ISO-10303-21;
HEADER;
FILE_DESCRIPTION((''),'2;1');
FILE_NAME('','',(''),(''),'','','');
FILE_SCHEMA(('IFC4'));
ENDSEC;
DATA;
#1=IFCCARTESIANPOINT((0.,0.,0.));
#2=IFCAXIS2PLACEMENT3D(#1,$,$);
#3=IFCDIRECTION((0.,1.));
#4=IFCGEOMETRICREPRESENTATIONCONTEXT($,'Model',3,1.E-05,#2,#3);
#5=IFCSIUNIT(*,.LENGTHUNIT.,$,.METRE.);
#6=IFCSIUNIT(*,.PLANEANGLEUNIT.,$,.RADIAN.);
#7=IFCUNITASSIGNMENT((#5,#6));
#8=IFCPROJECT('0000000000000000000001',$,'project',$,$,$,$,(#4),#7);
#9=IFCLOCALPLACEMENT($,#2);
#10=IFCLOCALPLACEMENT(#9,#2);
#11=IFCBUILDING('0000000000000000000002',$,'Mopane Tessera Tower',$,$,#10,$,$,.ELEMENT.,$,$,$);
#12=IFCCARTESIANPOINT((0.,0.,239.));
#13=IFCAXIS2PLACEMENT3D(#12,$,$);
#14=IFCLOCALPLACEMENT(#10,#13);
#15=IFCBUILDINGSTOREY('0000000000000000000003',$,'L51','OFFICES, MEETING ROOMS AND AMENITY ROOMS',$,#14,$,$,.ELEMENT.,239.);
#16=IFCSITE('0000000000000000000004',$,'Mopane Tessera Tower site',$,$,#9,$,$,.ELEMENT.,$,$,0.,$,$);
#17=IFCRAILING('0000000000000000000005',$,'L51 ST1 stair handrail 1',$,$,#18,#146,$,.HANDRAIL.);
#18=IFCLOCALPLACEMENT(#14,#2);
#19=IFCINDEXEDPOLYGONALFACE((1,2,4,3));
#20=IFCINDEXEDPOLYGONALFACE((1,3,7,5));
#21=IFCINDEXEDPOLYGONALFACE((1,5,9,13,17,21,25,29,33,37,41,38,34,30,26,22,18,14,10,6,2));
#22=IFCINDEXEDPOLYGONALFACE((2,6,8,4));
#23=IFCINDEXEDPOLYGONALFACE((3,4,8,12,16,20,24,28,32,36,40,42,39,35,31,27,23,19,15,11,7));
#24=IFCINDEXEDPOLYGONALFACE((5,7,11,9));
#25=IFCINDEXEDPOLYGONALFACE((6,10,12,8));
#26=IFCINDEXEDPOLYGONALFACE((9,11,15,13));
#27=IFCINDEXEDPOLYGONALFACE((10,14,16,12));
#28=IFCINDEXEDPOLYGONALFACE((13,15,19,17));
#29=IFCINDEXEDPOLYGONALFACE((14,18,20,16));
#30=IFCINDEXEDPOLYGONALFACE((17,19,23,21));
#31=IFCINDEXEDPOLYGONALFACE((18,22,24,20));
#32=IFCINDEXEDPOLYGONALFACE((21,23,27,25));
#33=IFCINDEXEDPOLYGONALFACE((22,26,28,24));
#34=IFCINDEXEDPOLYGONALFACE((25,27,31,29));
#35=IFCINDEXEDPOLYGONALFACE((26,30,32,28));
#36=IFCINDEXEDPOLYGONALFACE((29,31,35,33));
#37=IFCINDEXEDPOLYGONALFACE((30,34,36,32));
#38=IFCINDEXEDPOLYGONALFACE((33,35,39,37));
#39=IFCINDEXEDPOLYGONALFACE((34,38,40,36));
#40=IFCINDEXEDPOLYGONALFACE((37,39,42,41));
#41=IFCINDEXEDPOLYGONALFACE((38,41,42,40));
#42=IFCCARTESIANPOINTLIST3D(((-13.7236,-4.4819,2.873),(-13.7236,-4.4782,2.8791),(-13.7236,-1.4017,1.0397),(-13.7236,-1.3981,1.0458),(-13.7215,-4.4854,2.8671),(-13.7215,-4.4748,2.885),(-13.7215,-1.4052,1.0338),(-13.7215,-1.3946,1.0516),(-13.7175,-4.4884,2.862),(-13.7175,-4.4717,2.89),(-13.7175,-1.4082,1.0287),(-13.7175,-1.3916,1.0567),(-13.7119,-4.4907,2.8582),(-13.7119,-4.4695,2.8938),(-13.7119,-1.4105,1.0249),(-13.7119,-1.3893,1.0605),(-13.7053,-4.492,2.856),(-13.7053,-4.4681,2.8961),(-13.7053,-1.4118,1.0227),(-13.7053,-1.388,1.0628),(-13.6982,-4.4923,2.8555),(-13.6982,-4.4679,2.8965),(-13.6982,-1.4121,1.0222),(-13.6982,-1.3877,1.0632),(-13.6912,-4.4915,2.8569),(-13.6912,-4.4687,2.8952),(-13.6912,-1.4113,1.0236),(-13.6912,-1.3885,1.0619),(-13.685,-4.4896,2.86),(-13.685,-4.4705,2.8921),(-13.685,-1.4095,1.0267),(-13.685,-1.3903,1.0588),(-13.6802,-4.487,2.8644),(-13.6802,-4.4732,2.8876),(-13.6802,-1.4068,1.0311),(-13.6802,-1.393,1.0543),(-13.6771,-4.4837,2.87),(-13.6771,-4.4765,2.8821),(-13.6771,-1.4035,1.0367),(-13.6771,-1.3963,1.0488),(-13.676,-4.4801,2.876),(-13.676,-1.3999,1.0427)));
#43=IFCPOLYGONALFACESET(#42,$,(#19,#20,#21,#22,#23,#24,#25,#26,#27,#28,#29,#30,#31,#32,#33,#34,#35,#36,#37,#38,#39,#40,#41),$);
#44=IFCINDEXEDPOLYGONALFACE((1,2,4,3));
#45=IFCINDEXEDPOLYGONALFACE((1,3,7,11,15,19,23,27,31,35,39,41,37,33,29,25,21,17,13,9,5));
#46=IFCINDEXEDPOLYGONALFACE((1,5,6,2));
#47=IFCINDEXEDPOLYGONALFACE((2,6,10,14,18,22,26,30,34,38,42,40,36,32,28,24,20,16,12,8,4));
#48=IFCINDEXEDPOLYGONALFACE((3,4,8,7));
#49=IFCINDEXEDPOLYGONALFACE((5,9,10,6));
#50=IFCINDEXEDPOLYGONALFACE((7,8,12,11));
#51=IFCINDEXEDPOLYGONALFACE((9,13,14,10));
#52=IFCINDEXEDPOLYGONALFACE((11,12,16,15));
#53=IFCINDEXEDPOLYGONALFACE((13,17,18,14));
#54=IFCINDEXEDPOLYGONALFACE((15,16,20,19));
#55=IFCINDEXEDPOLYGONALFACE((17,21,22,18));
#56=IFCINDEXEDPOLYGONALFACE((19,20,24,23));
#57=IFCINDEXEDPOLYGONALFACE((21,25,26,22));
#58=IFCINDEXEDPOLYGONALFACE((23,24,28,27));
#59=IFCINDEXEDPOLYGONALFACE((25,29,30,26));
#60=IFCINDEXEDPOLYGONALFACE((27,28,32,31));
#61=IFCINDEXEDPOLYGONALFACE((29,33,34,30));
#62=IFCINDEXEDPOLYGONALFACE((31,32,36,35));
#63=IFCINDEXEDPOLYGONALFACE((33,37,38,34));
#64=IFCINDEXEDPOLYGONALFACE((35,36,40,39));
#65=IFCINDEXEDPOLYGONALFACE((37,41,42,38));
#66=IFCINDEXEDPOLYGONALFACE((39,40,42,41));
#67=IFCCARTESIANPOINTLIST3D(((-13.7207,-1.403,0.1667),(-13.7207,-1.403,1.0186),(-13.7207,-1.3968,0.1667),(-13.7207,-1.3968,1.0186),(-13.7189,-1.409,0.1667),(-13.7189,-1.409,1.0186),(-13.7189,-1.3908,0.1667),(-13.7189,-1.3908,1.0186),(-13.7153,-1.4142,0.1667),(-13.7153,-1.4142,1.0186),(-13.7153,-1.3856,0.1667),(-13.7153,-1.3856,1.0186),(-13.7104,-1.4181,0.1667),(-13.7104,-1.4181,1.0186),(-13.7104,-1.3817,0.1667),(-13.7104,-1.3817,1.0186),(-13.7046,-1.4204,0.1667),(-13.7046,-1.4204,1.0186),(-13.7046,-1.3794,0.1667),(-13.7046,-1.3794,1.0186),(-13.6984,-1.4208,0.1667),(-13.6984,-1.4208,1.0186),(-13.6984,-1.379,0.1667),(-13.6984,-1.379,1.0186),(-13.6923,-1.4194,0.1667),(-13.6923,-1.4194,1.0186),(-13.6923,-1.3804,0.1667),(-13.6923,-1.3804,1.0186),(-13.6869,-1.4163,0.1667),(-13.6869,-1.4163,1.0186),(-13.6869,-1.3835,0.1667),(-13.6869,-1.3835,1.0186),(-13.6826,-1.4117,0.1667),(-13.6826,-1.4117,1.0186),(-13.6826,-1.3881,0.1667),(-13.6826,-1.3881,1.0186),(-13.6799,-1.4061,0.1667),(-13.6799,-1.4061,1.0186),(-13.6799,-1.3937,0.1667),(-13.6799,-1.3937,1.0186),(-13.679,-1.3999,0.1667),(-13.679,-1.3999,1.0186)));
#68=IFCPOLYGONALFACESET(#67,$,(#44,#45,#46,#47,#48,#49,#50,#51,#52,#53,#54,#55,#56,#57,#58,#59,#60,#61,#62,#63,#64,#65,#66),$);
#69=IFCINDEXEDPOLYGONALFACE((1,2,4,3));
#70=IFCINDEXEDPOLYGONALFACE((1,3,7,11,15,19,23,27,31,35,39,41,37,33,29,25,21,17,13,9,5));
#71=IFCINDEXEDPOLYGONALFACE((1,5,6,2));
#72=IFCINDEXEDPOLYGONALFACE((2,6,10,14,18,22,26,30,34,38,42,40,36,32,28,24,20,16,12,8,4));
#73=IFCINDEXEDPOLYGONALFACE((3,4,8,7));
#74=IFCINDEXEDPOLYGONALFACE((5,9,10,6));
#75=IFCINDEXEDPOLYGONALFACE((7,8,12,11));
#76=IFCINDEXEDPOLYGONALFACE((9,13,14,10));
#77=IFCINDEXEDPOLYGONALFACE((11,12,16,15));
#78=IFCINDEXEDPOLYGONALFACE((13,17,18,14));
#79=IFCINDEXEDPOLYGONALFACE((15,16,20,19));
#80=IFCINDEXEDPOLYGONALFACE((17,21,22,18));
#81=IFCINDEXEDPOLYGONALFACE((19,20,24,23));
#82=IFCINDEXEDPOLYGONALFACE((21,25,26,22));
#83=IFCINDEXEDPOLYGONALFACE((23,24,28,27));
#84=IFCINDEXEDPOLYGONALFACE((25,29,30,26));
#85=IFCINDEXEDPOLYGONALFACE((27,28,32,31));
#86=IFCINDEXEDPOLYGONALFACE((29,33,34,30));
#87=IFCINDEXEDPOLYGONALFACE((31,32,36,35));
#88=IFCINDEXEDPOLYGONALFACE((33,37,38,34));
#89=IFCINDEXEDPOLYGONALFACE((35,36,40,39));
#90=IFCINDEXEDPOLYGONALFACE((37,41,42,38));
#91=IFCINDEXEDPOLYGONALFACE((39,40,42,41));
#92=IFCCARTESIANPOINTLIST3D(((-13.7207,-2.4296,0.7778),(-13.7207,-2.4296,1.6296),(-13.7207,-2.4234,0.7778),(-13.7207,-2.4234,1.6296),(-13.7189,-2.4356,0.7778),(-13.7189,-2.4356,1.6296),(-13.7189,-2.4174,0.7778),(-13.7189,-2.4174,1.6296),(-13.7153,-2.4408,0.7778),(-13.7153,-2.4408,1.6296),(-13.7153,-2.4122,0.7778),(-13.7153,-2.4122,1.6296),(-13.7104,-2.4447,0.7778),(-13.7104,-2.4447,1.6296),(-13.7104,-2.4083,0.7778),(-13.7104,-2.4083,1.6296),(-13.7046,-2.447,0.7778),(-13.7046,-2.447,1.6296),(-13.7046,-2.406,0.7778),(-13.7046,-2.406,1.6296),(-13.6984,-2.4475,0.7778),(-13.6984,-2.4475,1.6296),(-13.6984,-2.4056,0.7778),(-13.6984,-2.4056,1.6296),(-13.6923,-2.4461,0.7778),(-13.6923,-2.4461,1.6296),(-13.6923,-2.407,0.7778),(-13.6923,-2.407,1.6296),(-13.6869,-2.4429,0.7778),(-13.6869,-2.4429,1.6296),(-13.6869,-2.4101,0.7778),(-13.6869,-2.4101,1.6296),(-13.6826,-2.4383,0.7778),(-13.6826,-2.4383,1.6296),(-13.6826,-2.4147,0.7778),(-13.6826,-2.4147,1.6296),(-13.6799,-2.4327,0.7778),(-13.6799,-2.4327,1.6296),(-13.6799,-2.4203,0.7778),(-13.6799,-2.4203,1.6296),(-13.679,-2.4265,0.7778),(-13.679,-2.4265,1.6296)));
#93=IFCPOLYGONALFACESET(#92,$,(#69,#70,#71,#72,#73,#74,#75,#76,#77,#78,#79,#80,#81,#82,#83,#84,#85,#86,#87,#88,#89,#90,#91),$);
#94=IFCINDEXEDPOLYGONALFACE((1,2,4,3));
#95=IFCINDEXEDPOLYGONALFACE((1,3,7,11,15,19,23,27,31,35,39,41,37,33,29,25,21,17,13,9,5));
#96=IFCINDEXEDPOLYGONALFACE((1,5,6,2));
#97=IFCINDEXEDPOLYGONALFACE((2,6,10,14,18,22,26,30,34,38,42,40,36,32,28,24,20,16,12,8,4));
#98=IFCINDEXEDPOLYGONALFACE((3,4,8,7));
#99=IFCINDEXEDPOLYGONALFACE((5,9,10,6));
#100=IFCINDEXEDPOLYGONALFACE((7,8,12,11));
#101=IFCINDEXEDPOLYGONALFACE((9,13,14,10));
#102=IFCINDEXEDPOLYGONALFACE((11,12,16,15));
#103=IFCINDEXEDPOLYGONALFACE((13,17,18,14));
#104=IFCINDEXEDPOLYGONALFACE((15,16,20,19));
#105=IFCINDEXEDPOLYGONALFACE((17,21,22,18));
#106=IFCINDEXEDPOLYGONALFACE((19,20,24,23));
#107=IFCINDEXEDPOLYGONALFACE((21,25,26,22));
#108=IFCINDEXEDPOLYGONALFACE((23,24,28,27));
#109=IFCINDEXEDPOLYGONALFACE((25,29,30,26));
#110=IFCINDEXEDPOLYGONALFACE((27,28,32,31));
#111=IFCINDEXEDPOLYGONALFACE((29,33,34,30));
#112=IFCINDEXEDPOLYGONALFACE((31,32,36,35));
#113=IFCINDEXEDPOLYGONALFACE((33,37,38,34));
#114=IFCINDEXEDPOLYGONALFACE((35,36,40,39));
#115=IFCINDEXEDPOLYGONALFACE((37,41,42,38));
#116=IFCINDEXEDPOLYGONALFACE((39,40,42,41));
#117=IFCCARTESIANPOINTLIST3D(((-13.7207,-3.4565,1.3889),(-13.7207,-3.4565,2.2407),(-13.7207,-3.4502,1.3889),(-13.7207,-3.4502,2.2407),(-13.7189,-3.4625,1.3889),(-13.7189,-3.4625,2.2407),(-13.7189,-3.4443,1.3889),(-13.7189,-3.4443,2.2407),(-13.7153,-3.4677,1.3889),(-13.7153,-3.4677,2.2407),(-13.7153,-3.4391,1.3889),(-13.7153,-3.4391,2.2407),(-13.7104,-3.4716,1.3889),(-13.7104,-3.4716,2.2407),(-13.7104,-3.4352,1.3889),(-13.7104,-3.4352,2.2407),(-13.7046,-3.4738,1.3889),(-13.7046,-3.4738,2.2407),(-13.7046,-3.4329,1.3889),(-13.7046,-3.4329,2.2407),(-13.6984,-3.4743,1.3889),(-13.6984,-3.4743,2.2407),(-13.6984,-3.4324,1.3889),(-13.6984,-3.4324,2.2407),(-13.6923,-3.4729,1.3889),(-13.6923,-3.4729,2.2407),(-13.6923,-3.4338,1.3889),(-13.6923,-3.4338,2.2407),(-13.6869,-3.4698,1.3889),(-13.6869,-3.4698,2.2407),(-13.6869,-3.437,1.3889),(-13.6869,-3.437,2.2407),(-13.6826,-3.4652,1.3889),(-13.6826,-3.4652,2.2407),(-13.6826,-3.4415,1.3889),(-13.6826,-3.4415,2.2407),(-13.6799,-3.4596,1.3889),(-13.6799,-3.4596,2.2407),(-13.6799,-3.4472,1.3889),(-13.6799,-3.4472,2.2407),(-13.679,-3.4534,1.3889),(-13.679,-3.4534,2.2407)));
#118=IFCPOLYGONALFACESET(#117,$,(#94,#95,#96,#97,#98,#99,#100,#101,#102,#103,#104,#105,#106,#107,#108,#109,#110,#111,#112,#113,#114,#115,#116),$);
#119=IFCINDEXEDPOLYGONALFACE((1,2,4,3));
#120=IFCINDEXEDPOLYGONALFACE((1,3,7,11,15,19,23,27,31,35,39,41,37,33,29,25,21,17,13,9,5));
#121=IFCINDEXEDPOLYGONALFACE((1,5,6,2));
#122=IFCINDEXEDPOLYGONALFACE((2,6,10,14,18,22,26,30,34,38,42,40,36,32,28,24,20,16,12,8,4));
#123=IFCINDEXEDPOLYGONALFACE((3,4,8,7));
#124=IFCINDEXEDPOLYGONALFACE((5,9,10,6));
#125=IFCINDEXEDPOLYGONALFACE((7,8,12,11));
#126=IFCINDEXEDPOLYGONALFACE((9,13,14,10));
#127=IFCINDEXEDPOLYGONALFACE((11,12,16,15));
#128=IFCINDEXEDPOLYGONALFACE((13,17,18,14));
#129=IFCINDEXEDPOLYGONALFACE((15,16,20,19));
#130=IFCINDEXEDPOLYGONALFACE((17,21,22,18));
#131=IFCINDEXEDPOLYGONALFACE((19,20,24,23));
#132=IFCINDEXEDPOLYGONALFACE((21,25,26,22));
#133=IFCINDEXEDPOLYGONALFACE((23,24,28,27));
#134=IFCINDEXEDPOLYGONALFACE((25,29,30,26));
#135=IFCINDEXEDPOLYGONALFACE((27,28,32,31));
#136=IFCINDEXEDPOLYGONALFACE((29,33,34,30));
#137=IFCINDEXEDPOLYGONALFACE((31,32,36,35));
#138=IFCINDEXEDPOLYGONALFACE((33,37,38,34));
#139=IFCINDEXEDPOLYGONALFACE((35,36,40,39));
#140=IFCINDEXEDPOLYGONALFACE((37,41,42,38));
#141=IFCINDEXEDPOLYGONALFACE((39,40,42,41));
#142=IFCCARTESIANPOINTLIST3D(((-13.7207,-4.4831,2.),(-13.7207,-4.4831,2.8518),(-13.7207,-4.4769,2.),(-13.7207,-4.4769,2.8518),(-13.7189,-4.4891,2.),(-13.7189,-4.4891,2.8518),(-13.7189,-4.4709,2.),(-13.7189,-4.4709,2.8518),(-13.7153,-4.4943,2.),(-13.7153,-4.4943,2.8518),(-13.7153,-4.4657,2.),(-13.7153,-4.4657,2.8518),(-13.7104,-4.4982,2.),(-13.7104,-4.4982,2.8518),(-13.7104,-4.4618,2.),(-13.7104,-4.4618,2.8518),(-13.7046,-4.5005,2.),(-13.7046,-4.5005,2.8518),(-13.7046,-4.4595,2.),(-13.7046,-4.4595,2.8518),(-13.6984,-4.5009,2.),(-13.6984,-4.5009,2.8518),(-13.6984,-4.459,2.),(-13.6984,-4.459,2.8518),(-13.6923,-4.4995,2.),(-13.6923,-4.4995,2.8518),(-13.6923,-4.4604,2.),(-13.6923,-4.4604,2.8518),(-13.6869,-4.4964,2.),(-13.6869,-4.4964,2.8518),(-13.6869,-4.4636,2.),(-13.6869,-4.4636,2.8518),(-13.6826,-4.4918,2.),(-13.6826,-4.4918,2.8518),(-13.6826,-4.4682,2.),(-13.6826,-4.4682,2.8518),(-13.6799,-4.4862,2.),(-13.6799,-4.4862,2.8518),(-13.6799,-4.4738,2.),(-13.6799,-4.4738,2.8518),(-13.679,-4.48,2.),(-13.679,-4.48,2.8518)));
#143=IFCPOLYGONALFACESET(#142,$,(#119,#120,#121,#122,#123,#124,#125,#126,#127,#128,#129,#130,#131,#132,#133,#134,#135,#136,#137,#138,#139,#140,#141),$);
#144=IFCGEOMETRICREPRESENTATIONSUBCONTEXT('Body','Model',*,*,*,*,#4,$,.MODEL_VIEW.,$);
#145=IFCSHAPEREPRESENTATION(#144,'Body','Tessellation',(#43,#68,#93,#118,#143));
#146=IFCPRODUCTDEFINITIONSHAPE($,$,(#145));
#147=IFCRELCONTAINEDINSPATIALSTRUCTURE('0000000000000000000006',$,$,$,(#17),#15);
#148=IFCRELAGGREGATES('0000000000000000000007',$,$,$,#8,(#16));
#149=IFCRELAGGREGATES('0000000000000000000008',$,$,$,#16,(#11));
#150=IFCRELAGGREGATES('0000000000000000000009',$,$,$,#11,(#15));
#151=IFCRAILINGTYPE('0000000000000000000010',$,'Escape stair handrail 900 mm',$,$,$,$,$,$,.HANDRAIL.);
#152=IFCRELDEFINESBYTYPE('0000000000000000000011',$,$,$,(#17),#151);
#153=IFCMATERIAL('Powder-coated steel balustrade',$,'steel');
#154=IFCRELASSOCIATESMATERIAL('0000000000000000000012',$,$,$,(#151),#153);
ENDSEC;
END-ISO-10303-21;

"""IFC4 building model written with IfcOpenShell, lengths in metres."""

from ifc_helpers import new_model, si_unit, direction, frame, origin, origin_2d, place, context, subcontext, project, spatial, circle, extrude, material, type_object, element, save


model = new_model("IFC4")

# Units and contexts
model_context = context("Model", 3, precision=1e-05, world=origin(), true_north=direction((0.0, 1.0)))
body_context = subcontext(model_context, "Body", "Model", "MODEL_VIEW")
ifc_project = project(units=[si_unit("LENGTHUNIT", "METRE"), si_unit("PLANEANGLEUNIT", "RADIAN")], contexts=[model_context])

# Site, building, storey
site_placement = place(None, origin())
site = spatial("IfcSite", under=ifc_project, at=site_placement, Name="Mopane Tessera Tower site", CompositionType="ELEMENT", RefElevation=0.0)
building_placement = place(site_placement, origin())
building = spatial("IfcBuilding", under=site, at=building_placement, Name="Mopane Tessera Tower", CompositionType="ELEMENT")
storey_placement = place(building_placement, frame((0.0, 0.0, 239.0)))
storey = spatial("IfcBuildingStorey", under=building, at=storey_placement, Name="L51", Description="OFFICES, MEETING ROOMS AND AMENITY ROOMS", CompositionType="ELEMENT", Elevation=239.0)

# Railing
ifc_material_1 = material(Name="Powder-coated steel balustrade", Category="steel")
railing_type = type_object("IfcRailingType", Name="Escape stair handrail 900 mm", PredefinedType="HANDRAIL", material=ifc_material_1)
railing_placement = place(storey_placement, frame((-13.7, -1.3999, 0.1667)))
element("IfcRailing", 1, at=railing_placement, inside=storey, type_object=railing_type, Name="L51 ST1 stair handrail 1", PredefinedType="HANDRAIL", context=body_context, shape_type="SweptSolid", body=[
    extrude(circle(Radius=0.0239, at=origin_2d()), frame((0.0, 0.0, 0.876), z_axis=(0.0, -0.859309, 0.511458), x_axis=(1.0, 0.0, 0.0)), (0.0, 0.0, 1.0), 3.5845),
    extrude(circle(Radius=0.021, at=origin_2d()), origin(), (0.0, 0.0, 1.0), 0.8518),
    extrude(circle(Radius=0.021, at=origin_2d()), frame((0.0, -1.0266, 0.6111)), (0.0, 0.0, 1.0), 0.8518),
    extrude(circle(Radius=0.021, at=origin_2d()), frame((0.0, -2.0535, 1.2222)), (0.0, 0.0, 1.0), 0.8518),
    extrude(circle(Radius=0.021, at=origin_2d()), frame((0.0, -3.0801, 1.8333)), (0.0, 0.0, 1.0), 0.8518),
])

save(model, "model.ifc")
